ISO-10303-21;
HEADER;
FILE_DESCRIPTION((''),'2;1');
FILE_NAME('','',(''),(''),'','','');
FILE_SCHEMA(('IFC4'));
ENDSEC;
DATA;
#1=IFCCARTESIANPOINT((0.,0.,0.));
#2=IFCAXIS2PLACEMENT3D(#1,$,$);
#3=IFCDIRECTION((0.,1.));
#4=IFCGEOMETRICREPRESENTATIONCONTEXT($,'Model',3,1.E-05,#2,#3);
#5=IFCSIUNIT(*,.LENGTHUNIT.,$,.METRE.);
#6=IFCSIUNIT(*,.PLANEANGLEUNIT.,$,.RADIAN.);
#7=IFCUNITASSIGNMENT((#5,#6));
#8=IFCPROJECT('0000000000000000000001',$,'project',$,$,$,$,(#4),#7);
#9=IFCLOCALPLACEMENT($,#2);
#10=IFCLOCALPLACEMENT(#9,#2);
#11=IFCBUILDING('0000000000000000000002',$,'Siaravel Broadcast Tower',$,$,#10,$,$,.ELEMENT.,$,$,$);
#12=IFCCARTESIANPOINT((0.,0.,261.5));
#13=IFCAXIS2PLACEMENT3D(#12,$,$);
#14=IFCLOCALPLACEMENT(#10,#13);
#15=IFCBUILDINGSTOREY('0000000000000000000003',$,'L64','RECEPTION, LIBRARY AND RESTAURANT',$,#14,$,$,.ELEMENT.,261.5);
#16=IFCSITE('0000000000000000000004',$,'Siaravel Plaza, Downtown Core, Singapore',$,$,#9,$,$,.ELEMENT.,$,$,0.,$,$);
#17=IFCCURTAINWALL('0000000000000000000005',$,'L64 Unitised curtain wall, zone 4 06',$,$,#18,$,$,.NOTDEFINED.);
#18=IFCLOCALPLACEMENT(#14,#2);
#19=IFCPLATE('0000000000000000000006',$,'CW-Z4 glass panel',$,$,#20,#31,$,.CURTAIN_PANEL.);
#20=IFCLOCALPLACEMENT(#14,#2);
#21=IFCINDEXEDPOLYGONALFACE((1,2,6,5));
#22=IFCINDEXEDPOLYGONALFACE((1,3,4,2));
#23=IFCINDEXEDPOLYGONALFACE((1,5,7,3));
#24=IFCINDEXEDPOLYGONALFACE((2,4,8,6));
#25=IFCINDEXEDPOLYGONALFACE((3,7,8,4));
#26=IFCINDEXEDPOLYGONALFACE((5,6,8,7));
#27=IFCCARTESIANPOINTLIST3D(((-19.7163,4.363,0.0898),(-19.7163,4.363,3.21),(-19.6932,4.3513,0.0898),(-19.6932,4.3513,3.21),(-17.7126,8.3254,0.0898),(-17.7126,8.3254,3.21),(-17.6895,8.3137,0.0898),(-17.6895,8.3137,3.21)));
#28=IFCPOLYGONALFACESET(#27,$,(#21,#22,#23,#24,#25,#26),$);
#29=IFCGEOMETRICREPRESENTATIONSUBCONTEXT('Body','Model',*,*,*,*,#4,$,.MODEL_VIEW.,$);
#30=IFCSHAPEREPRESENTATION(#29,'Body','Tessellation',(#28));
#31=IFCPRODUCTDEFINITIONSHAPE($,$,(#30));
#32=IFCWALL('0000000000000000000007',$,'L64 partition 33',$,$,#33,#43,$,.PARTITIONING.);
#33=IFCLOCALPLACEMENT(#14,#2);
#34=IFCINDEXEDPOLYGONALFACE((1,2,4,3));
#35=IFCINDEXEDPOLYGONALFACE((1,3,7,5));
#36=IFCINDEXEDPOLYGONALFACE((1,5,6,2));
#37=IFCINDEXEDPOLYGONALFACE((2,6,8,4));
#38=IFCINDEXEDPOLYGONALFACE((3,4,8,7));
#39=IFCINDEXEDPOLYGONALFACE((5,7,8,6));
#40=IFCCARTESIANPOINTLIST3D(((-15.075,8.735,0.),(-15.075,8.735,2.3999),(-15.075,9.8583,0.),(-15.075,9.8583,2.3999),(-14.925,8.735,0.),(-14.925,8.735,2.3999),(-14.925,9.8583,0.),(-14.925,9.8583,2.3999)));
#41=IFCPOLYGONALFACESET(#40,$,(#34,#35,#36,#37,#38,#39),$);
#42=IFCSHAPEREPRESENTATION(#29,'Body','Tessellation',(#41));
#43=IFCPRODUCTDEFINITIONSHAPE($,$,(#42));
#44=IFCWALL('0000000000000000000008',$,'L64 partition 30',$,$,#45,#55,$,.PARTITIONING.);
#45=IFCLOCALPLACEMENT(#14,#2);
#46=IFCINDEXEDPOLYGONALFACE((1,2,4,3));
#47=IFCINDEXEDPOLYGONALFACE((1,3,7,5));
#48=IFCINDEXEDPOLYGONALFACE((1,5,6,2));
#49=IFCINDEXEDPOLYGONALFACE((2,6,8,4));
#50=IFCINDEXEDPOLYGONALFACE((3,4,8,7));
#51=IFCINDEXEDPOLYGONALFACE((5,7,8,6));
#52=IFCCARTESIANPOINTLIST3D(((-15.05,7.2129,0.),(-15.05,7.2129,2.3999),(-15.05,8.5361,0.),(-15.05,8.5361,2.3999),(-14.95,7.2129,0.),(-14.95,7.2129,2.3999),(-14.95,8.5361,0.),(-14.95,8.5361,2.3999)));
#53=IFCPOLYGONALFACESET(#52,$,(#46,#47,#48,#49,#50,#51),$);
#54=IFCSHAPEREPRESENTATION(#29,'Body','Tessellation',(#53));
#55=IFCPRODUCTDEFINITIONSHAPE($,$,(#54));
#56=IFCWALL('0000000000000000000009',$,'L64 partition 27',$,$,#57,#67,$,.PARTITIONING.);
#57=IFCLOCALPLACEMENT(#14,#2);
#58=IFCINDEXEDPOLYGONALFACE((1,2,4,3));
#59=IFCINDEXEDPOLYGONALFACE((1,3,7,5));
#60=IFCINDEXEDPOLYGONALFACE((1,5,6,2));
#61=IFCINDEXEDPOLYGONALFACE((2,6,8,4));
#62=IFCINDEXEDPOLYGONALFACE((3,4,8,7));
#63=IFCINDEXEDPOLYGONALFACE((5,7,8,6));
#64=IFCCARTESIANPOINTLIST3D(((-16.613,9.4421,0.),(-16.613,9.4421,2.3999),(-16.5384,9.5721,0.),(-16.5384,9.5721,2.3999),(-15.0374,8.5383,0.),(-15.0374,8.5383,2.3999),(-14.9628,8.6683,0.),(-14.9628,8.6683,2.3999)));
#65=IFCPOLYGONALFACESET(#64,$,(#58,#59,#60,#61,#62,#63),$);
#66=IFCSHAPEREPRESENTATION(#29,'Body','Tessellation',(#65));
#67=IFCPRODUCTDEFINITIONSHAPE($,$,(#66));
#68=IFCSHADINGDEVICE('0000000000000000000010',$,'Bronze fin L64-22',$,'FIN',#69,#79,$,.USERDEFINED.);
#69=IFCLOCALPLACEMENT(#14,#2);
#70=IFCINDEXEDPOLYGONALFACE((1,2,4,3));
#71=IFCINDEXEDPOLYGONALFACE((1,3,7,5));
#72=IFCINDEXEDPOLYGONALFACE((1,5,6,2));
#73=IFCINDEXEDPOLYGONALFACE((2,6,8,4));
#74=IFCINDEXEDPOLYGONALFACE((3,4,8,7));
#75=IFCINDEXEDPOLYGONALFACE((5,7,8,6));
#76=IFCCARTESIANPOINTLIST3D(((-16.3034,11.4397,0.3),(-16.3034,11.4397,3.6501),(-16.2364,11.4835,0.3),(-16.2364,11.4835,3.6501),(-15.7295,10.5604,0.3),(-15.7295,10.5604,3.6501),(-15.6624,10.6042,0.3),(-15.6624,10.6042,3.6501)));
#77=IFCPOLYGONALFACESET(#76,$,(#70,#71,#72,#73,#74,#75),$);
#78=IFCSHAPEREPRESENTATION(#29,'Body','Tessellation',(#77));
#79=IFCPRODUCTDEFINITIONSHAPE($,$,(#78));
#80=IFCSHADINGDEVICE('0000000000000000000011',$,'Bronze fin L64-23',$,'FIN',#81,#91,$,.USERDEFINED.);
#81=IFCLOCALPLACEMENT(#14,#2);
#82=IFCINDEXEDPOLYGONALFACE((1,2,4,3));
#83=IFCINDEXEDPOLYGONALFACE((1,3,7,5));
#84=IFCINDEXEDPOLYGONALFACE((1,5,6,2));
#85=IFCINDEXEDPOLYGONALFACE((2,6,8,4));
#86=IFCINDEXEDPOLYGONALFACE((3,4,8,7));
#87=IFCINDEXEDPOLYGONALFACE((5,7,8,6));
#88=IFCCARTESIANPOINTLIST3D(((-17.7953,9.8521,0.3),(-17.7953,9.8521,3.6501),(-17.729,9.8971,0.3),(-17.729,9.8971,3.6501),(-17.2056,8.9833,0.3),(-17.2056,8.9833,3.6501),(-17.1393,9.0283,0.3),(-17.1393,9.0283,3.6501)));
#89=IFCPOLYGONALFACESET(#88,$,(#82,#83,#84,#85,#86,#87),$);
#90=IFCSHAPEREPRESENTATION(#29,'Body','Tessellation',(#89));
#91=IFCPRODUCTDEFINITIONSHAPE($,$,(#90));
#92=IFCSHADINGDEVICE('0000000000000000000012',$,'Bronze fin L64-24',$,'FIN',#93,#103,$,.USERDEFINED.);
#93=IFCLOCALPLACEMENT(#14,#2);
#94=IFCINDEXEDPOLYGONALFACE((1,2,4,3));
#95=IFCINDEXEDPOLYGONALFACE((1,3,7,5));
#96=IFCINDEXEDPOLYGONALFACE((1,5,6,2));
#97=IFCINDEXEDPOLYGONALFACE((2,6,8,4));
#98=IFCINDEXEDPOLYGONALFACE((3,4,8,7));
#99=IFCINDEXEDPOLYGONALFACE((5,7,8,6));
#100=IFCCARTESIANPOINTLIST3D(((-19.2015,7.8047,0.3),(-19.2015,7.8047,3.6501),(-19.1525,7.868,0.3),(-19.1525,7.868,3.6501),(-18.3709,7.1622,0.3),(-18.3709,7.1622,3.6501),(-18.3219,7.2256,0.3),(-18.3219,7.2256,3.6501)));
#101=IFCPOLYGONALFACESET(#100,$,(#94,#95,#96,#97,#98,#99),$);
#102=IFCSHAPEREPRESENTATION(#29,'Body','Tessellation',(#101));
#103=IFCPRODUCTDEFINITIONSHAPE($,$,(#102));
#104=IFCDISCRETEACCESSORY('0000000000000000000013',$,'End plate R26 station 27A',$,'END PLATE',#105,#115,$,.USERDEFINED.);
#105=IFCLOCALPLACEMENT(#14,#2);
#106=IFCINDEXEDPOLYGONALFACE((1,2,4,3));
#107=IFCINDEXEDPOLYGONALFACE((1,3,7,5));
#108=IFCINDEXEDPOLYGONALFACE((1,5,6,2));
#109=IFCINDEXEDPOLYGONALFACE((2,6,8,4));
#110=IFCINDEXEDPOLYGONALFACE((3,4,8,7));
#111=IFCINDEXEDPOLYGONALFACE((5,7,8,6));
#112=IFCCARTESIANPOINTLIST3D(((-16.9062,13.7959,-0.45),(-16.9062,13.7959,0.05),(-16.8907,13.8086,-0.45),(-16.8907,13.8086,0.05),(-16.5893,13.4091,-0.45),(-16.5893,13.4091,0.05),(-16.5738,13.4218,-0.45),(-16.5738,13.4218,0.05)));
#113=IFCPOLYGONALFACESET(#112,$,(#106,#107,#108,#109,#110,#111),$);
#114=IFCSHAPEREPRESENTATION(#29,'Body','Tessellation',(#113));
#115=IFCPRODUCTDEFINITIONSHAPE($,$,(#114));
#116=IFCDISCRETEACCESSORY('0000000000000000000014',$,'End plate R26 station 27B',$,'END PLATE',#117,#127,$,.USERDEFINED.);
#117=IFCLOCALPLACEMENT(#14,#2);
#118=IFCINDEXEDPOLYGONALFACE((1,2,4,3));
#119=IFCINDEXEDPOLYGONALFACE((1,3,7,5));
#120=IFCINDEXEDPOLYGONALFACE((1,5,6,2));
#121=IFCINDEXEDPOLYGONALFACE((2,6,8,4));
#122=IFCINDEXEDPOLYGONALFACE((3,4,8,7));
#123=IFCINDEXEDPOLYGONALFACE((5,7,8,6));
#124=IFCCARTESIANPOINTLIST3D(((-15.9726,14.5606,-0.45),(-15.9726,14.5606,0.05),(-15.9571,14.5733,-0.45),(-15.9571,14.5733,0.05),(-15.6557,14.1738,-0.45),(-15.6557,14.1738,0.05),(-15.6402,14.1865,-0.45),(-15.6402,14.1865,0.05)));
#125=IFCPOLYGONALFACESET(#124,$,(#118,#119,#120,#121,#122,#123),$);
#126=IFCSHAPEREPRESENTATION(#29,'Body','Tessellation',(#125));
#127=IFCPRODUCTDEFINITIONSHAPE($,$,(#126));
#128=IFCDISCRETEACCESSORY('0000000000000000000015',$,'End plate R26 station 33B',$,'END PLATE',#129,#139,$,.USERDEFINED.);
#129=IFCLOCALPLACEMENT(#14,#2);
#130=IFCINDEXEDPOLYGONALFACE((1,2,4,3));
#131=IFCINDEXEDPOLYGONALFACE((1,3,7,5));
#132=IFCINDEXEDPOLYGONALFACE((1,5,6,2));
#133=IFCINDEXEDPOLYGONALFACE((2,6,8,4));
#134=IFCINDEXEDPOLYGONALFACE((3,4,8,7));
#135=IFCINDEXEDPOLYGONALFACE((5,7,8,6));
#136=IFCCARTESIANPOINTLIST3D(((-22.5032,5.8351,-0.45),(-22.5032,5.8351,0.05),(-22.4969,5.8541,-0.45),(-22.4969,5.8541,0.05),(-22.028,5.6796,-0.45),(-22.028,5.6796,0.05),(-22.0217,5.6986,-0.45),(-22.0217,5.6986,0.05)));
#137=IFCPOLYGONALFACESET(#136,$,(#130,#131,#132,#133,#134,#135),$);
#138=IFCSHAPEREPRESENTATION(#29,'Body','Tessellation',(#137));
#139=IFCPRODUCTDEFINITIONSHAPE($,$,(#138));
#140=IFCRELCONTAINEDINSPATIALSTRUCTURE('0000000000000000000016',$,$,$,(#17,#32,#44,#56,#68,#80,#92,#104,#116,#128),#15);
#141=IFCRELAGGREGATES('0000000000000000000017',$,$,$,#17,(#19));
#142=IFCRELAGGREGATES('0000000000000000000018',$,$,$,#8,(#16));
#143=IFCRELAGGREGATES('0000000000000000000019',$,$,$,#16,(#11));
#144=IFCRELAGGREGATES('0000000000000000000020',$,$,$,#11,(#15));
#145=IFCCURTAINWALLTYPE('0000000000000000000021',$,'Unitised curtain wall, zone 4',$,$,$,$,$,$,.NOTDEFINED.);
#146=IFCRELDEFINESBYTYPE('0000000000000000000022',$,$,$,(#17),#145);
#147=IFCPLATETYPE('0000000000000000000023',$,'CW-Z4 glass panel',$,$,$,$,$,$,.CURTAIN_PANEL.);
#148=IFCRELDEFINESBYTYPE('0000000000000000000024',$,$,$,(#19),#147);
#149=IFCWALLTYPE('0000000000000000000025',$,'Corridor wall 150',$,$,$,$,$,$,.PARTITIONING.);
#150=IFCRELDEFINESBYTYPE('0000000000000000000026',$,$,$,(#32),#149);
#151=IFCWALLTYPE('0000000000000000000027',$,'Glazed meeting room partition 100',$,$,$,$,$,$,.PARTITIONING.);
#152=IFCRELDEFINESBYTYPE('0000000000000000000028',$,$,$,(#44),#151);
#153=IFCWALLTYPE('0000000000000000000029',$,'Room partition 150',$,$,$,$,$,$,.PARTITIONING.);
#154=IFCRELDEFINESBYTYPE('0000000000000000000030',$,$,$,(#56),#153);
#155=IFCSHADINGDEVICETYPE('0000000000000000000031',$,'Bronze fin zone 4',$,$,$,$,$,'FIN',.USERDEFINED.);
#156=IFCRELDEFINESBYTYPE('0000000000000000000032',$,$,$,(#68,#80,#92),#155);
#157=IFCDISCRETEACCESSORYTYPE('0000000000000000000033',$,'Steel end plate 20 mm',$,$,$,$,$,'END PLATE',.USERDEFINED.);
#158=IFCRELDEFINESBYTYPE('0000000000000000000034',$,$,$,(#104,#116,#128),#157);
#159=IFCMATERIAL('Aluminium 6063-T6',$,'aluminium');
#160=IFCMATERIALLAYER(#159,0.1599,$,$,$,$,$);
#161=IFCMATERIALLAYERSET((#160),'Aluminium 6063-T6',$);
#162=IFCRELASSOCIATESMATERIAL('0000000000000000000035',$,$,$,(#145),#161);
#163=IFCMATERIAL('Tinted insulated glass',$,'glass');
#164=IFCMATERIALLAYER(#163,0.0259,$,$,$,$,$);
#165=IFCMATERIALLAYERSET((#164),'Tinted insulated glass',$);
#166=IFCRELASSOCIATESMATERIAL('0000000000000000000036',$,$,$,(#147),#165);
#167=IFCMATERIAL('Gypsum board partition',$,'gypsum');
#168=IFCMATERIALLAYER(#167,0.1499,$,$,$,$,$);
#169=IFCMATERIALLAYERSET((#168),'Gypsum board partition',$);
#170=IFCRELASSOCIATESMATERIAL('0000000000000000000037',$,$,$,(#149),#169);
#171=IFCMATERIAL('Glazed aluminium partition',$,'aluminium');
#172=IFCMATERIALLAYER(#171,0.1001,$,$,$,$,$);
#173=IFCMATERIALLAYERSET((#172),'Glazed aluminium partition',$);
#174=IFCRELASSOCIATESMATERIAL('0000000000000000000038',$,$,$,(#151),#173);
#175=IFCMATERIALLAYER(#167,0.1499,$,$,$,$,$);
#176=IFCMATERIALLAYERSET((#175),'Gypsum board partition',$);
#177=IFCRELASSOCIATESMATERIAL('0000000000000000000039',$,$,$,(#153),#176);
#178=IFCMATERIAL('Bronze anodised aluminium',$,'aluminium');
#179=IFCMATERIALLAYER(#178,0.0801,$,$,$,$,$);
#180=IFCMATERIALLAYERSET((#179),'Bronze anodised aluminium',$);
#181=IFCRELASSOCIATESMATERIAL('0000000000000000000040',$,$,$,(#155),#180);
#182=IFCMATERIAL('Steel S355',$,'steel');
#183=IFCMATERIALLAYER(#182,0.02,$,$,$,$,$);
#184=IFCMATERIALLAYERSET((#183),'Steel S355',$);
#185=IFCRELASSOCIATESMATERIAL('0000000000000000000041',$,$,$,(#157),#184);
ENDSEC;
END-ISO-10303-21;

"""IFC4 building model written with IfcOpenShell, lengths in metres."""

from ifc_helpers import new_model, si_unit, direction, frame, frame_2d, origin, origin_2d, place, context, subcontext, project, spatial, rectangle, extrude, material, layer, layer_set, type_object, element, aggregate, save


model = new_model("IFC4")

# Units and contexts
model_context = context("Model", 3, precision=1e-05, world=origin(), true_north=direction((0.0, 1.0)))
body_context = subcontext(model_context, "Body", "Model", "MODEL_VIEW")
ifc_project = project(units=[si_unit("LENGTHUNIT", "METRE"), si_unit("PLANEANGLEUNIT", "RADIAN")], contexts=[model_context])

# Site, building, storey
site_placement = place(None, origin())
site = spatial("IfcSite", under=ifc_project, at=site_placement, Name="Siaravel Plaza, Downtown Core, Singapore", CompositionType="ELEMENT", RefElevation=0.0)
building_placement = place(site_placement, origin())
building = spatial("IfcBuilding", under=site, at=building_placement, Name="Siaravel Broadcast Tower", CompositionType="ELEMENT")
storey_placement = place(building_placement, frame((0.0, 0.0, 261.5)))
storey = spatial("IfcBuildingStorey", under=building, at=storey_placement, Name="L64", Description="RECEPTION, LIBRARY AND RESTAURANT", CompositionType="ELEMENT", Elevation=261.5)

# Shared definitions
ifc_material_1 = material(Name="Steel S355", Category="steel")

# Curtain wall
ifc_material_2 = material(Name="Aluminium 6063-T6", Category="aluminium")
ifc_layer_1 = layer(ifc_material_2, 0.1599)
ifc_layer_set_1 = layer_set([ifc_layer_1], Name="Aluminium 6063-T6")
curtain_wall_type = type_object("IfcCurtainWallType", Name="Unitised curtain wall, zone 4", PredefinedType="NOTDEFINED", material=ifc_layer_set_1)
curtain_wall_1_placement = place(storey_placement, origin())
curtain_wall_1 = element("IfcCurtainWall", 1, at=curtain_wall_1_placement, inside=storey, type_object=curtain_wall_type, Name="L64 Unitised curtain wall, zone 4 06", PredefinedType="NOTDEFINED")

# Plate
ifc_material_3 = material(Name="Tinted insulated glass", Category="glass")
ifc_layer_2 = layer(ifc_material_3, 0.0259)
ifc_layer_set_2 = layer_set([ifc_layer_2], Name="Tinted insulated glass")
plate_type = type_object("IfcPlateType", Name="CW-Z4 glass panel", PredefinedType="CURTAIN_PANEL", material=ifc_layer_set_2)
plate_1_placement = place(storey_placement, frame((-18.7029, 6.3384, 0.0898), z_axis=(0.0, 0.0, 1.0), x_axis=(-0.451259, -0.892393, 0.0)))
plate_1 = element("IfcPlate", 2, at=plate_1_placement, type_object=plate_type, Name="CW-Z4 glass panel", PredefinedType="CURTAIN_PANEL", context=body_context, shape_type="SweptSolid", body=[
    extrude(rectangle(XDim=4.4402, YDim=0.0259, at=origin_2d()), origin(), (0.0, 0.0, 1.0), 3.1201),
])
aggregate(curtain_wall_1, [plate_1])

# Wall
ifc_material_4 = material(Name="Gypsum board partition", Category="gypsum")
ifc_layer_3 = layer(ifc_material_4, 0.1499)
ifc_layer_set_3 = layer_set([ifc_layer_3], Name="Gypsum board partition")
wall_type_1 = type_object("IfcWallType", Name="Corridor wall 150", PredefinedType="PARTITIONING", material=ifc_layer_set_3)
wall_1_placement = place(storey_placement, frame((-15.0, 9.8582, 0.0), z_axis=(0.0, 0.0, 1.0), x_axis=(0.0, -1.0, 0.0)))
element("IfcWall", 3, at=wall_1_placement, inside=storey, type_object=wall_type_1, Name="L64 partition 33", PredefinedType="PARTITIONING", context=body_context, shape_type="SweptSolid", body=[
    extrude(rectangle(XDim=1.1233, YDim=0.1499, at=frame_2d((0.5615, 0.0))), origin(), (0.0, 0.0, 1.0), 2.3999),
])

# Shared definitions
ifc_material_5 = material(Name="Glazed aluminium partition", Category="aluminium")
ifc_layer_4 = layer(ifc_material_5, 0.1001)
ifc_layer_set_4 = layer_set([ifc_layer_4], Name="Glazed aluminium partition")
wall_type_2 = type_object("IfcWallType", Name="Glazed meeting room partition 100", PredefinedType="PARTITIONING", material=ifc_layer_set_4)

# Walls
wall_2_placement = place(storey_placement, frame((-15.0, 8.5361, 0.0), z_axis=(0.0, 0.0, 1.0), x_axis=(0.0, -1.0, 0.0)))
element("IfcWall", 4, at=wall_2_placement, inside=storey, type_object=wall_type_2, Name="L64 partition 30", PredefinedType="PARTITIONING", context=body_context, shape_type="SweptSolid", body=[
    extrude(rectangle(XDim=1.3232, YDim=0.1001, at=frame_2d((0.6616, 0.0))), origin(), (0.0, 0.0, 1.0), 2.3999),
])
ifc_layer_5 = layer(ifc_material_4, 0.1499)
ifc_layer_set_5 = layer_set([ifc_layer_5], Name="Gypsum board partition")
wall_type_3 = type_object("IfcWallType", Name="Room partition 150", PredefinedType="PARTITIONING", material=ifc_layer_set_5)
wall_3_placement = place(storey_placement, frame((-16.5757, 9.5071, 0.0), z_axis=(0.0, 0.0, 1.0), x_axis=(0.867431, -0.497557, 0.0)))
element("IfcWall", 5, at=wall_3_placement, inside=storey, type_object=wall_type_3, Name="L64 partition 27", PredefinedType="PARTITIONING", context=body_context, shape_type="SweptSolid", body=[
    extrude(rectangle(XDim=1.8164, YDim=0.1499, at=frame_2d((0.9082, 0.0))), origin(), (0.0, 0.0, 1.0), 2.3999),
])

# Shading devices
ifc_material_6 = material(Name="Bronze anodised aluminium", Category="aluminium")
ifc_layer_6 = layer(ifc_material_6, 0.0801)
ifc_layer_set_6 = layer_set([ifc_layer_6], Name="Bronze anodised aluminium")
shading_device_type = type_object("IfcShadingDeviceType", Name="Bronze fin zone 4", ElementType="FIN", PredefinedType="USERDEFINED", material=ifc_layer_set_6)
for number, where, z_axis, x_axis, name in (
    (6, (-15.9829, 11.022, 0.3), (0.0, 0.0, 1.0), (-0.546608, 0.837389, 0.0), "Bronze fin L64-22"),
    (7, (-17.4673, 9.4402, 0.3), (0.0, 0.0, 1.0), (-0.561614, 0.827399, 0.0), "Bronze fin L64-23"),
    (8, (-18.7617, 7.5151, 0.3), (0.0, 0.0, 1.0), (-0.79098, 0.611842, 0.0), "Bronze fin L64-24"),
):
    element("IfcShadingDevice", number, at=place(storey_placement, frame(where, z_axis=z_axis, x_axis=x_axis)), inside=storey, type_object=shading_device_type, Name=name, ObjectType="FIN", PredefinedType="USERDEFINED", context=body_context, shape_type="SweptSolid", body=[
        extrude(rectangle(XDim=1.05, YDim=0.0801, at=origin_2d()), origin(), (0.0, 0.0, 1.0), 3.3501),
    ])

# Discrete accessories
ifc_layer_7 = layer(ifc_material_1, 0.02)
ifc_layer_set_7 = layer_set([ifc_layer_7], Name="Steel S355")
discrete_accessory_type = type_object("IfcDiscreteAccessoryType", Name="Steel end plate 20 mm", ElementType="END PLATE", PredefinedType="USERDEFINED", material=ifc_layer_set_7)
for number, where, z_axis, x_axis, name in (
    (9, (-16.74, 13.6089, -0.45), (0.0, 0.0, 1.0), (-0.773605, -0.633669, 0.0), "End plate R26 station 27A"),
    (10, (-15.8064, 14.3735, -0.45), (0.0, 0.0, 1.0), (-0.773605, -0.633669, 0.0), "End plate R26 station 27B"),
    (11, (-22.2625, 5.7668, -0.45), (0.0, 0.0, 1.0), (-0.310909, -0.95044, 0.0), "End plate R26 station 33B"),
):
    element("IfcDiscreteAccessory", number, at=place(storey_placement, frame(where, z_axis=z_axis, x_axis=x_axis)), inside=storey, type_object=discrete_accessory_type, Name=name, ObjectType="END PLATE", PredefinedType="USERDEFINED", context=body_context, shape_type="SweptSolid", body=[
        extrude(rectangle(XDim=0.02, YDim=0.5, at=origin_2d()), origin(), (0.0, 0.0, 1.0), 0.5),
    ])

save(model, "model.ifc")
